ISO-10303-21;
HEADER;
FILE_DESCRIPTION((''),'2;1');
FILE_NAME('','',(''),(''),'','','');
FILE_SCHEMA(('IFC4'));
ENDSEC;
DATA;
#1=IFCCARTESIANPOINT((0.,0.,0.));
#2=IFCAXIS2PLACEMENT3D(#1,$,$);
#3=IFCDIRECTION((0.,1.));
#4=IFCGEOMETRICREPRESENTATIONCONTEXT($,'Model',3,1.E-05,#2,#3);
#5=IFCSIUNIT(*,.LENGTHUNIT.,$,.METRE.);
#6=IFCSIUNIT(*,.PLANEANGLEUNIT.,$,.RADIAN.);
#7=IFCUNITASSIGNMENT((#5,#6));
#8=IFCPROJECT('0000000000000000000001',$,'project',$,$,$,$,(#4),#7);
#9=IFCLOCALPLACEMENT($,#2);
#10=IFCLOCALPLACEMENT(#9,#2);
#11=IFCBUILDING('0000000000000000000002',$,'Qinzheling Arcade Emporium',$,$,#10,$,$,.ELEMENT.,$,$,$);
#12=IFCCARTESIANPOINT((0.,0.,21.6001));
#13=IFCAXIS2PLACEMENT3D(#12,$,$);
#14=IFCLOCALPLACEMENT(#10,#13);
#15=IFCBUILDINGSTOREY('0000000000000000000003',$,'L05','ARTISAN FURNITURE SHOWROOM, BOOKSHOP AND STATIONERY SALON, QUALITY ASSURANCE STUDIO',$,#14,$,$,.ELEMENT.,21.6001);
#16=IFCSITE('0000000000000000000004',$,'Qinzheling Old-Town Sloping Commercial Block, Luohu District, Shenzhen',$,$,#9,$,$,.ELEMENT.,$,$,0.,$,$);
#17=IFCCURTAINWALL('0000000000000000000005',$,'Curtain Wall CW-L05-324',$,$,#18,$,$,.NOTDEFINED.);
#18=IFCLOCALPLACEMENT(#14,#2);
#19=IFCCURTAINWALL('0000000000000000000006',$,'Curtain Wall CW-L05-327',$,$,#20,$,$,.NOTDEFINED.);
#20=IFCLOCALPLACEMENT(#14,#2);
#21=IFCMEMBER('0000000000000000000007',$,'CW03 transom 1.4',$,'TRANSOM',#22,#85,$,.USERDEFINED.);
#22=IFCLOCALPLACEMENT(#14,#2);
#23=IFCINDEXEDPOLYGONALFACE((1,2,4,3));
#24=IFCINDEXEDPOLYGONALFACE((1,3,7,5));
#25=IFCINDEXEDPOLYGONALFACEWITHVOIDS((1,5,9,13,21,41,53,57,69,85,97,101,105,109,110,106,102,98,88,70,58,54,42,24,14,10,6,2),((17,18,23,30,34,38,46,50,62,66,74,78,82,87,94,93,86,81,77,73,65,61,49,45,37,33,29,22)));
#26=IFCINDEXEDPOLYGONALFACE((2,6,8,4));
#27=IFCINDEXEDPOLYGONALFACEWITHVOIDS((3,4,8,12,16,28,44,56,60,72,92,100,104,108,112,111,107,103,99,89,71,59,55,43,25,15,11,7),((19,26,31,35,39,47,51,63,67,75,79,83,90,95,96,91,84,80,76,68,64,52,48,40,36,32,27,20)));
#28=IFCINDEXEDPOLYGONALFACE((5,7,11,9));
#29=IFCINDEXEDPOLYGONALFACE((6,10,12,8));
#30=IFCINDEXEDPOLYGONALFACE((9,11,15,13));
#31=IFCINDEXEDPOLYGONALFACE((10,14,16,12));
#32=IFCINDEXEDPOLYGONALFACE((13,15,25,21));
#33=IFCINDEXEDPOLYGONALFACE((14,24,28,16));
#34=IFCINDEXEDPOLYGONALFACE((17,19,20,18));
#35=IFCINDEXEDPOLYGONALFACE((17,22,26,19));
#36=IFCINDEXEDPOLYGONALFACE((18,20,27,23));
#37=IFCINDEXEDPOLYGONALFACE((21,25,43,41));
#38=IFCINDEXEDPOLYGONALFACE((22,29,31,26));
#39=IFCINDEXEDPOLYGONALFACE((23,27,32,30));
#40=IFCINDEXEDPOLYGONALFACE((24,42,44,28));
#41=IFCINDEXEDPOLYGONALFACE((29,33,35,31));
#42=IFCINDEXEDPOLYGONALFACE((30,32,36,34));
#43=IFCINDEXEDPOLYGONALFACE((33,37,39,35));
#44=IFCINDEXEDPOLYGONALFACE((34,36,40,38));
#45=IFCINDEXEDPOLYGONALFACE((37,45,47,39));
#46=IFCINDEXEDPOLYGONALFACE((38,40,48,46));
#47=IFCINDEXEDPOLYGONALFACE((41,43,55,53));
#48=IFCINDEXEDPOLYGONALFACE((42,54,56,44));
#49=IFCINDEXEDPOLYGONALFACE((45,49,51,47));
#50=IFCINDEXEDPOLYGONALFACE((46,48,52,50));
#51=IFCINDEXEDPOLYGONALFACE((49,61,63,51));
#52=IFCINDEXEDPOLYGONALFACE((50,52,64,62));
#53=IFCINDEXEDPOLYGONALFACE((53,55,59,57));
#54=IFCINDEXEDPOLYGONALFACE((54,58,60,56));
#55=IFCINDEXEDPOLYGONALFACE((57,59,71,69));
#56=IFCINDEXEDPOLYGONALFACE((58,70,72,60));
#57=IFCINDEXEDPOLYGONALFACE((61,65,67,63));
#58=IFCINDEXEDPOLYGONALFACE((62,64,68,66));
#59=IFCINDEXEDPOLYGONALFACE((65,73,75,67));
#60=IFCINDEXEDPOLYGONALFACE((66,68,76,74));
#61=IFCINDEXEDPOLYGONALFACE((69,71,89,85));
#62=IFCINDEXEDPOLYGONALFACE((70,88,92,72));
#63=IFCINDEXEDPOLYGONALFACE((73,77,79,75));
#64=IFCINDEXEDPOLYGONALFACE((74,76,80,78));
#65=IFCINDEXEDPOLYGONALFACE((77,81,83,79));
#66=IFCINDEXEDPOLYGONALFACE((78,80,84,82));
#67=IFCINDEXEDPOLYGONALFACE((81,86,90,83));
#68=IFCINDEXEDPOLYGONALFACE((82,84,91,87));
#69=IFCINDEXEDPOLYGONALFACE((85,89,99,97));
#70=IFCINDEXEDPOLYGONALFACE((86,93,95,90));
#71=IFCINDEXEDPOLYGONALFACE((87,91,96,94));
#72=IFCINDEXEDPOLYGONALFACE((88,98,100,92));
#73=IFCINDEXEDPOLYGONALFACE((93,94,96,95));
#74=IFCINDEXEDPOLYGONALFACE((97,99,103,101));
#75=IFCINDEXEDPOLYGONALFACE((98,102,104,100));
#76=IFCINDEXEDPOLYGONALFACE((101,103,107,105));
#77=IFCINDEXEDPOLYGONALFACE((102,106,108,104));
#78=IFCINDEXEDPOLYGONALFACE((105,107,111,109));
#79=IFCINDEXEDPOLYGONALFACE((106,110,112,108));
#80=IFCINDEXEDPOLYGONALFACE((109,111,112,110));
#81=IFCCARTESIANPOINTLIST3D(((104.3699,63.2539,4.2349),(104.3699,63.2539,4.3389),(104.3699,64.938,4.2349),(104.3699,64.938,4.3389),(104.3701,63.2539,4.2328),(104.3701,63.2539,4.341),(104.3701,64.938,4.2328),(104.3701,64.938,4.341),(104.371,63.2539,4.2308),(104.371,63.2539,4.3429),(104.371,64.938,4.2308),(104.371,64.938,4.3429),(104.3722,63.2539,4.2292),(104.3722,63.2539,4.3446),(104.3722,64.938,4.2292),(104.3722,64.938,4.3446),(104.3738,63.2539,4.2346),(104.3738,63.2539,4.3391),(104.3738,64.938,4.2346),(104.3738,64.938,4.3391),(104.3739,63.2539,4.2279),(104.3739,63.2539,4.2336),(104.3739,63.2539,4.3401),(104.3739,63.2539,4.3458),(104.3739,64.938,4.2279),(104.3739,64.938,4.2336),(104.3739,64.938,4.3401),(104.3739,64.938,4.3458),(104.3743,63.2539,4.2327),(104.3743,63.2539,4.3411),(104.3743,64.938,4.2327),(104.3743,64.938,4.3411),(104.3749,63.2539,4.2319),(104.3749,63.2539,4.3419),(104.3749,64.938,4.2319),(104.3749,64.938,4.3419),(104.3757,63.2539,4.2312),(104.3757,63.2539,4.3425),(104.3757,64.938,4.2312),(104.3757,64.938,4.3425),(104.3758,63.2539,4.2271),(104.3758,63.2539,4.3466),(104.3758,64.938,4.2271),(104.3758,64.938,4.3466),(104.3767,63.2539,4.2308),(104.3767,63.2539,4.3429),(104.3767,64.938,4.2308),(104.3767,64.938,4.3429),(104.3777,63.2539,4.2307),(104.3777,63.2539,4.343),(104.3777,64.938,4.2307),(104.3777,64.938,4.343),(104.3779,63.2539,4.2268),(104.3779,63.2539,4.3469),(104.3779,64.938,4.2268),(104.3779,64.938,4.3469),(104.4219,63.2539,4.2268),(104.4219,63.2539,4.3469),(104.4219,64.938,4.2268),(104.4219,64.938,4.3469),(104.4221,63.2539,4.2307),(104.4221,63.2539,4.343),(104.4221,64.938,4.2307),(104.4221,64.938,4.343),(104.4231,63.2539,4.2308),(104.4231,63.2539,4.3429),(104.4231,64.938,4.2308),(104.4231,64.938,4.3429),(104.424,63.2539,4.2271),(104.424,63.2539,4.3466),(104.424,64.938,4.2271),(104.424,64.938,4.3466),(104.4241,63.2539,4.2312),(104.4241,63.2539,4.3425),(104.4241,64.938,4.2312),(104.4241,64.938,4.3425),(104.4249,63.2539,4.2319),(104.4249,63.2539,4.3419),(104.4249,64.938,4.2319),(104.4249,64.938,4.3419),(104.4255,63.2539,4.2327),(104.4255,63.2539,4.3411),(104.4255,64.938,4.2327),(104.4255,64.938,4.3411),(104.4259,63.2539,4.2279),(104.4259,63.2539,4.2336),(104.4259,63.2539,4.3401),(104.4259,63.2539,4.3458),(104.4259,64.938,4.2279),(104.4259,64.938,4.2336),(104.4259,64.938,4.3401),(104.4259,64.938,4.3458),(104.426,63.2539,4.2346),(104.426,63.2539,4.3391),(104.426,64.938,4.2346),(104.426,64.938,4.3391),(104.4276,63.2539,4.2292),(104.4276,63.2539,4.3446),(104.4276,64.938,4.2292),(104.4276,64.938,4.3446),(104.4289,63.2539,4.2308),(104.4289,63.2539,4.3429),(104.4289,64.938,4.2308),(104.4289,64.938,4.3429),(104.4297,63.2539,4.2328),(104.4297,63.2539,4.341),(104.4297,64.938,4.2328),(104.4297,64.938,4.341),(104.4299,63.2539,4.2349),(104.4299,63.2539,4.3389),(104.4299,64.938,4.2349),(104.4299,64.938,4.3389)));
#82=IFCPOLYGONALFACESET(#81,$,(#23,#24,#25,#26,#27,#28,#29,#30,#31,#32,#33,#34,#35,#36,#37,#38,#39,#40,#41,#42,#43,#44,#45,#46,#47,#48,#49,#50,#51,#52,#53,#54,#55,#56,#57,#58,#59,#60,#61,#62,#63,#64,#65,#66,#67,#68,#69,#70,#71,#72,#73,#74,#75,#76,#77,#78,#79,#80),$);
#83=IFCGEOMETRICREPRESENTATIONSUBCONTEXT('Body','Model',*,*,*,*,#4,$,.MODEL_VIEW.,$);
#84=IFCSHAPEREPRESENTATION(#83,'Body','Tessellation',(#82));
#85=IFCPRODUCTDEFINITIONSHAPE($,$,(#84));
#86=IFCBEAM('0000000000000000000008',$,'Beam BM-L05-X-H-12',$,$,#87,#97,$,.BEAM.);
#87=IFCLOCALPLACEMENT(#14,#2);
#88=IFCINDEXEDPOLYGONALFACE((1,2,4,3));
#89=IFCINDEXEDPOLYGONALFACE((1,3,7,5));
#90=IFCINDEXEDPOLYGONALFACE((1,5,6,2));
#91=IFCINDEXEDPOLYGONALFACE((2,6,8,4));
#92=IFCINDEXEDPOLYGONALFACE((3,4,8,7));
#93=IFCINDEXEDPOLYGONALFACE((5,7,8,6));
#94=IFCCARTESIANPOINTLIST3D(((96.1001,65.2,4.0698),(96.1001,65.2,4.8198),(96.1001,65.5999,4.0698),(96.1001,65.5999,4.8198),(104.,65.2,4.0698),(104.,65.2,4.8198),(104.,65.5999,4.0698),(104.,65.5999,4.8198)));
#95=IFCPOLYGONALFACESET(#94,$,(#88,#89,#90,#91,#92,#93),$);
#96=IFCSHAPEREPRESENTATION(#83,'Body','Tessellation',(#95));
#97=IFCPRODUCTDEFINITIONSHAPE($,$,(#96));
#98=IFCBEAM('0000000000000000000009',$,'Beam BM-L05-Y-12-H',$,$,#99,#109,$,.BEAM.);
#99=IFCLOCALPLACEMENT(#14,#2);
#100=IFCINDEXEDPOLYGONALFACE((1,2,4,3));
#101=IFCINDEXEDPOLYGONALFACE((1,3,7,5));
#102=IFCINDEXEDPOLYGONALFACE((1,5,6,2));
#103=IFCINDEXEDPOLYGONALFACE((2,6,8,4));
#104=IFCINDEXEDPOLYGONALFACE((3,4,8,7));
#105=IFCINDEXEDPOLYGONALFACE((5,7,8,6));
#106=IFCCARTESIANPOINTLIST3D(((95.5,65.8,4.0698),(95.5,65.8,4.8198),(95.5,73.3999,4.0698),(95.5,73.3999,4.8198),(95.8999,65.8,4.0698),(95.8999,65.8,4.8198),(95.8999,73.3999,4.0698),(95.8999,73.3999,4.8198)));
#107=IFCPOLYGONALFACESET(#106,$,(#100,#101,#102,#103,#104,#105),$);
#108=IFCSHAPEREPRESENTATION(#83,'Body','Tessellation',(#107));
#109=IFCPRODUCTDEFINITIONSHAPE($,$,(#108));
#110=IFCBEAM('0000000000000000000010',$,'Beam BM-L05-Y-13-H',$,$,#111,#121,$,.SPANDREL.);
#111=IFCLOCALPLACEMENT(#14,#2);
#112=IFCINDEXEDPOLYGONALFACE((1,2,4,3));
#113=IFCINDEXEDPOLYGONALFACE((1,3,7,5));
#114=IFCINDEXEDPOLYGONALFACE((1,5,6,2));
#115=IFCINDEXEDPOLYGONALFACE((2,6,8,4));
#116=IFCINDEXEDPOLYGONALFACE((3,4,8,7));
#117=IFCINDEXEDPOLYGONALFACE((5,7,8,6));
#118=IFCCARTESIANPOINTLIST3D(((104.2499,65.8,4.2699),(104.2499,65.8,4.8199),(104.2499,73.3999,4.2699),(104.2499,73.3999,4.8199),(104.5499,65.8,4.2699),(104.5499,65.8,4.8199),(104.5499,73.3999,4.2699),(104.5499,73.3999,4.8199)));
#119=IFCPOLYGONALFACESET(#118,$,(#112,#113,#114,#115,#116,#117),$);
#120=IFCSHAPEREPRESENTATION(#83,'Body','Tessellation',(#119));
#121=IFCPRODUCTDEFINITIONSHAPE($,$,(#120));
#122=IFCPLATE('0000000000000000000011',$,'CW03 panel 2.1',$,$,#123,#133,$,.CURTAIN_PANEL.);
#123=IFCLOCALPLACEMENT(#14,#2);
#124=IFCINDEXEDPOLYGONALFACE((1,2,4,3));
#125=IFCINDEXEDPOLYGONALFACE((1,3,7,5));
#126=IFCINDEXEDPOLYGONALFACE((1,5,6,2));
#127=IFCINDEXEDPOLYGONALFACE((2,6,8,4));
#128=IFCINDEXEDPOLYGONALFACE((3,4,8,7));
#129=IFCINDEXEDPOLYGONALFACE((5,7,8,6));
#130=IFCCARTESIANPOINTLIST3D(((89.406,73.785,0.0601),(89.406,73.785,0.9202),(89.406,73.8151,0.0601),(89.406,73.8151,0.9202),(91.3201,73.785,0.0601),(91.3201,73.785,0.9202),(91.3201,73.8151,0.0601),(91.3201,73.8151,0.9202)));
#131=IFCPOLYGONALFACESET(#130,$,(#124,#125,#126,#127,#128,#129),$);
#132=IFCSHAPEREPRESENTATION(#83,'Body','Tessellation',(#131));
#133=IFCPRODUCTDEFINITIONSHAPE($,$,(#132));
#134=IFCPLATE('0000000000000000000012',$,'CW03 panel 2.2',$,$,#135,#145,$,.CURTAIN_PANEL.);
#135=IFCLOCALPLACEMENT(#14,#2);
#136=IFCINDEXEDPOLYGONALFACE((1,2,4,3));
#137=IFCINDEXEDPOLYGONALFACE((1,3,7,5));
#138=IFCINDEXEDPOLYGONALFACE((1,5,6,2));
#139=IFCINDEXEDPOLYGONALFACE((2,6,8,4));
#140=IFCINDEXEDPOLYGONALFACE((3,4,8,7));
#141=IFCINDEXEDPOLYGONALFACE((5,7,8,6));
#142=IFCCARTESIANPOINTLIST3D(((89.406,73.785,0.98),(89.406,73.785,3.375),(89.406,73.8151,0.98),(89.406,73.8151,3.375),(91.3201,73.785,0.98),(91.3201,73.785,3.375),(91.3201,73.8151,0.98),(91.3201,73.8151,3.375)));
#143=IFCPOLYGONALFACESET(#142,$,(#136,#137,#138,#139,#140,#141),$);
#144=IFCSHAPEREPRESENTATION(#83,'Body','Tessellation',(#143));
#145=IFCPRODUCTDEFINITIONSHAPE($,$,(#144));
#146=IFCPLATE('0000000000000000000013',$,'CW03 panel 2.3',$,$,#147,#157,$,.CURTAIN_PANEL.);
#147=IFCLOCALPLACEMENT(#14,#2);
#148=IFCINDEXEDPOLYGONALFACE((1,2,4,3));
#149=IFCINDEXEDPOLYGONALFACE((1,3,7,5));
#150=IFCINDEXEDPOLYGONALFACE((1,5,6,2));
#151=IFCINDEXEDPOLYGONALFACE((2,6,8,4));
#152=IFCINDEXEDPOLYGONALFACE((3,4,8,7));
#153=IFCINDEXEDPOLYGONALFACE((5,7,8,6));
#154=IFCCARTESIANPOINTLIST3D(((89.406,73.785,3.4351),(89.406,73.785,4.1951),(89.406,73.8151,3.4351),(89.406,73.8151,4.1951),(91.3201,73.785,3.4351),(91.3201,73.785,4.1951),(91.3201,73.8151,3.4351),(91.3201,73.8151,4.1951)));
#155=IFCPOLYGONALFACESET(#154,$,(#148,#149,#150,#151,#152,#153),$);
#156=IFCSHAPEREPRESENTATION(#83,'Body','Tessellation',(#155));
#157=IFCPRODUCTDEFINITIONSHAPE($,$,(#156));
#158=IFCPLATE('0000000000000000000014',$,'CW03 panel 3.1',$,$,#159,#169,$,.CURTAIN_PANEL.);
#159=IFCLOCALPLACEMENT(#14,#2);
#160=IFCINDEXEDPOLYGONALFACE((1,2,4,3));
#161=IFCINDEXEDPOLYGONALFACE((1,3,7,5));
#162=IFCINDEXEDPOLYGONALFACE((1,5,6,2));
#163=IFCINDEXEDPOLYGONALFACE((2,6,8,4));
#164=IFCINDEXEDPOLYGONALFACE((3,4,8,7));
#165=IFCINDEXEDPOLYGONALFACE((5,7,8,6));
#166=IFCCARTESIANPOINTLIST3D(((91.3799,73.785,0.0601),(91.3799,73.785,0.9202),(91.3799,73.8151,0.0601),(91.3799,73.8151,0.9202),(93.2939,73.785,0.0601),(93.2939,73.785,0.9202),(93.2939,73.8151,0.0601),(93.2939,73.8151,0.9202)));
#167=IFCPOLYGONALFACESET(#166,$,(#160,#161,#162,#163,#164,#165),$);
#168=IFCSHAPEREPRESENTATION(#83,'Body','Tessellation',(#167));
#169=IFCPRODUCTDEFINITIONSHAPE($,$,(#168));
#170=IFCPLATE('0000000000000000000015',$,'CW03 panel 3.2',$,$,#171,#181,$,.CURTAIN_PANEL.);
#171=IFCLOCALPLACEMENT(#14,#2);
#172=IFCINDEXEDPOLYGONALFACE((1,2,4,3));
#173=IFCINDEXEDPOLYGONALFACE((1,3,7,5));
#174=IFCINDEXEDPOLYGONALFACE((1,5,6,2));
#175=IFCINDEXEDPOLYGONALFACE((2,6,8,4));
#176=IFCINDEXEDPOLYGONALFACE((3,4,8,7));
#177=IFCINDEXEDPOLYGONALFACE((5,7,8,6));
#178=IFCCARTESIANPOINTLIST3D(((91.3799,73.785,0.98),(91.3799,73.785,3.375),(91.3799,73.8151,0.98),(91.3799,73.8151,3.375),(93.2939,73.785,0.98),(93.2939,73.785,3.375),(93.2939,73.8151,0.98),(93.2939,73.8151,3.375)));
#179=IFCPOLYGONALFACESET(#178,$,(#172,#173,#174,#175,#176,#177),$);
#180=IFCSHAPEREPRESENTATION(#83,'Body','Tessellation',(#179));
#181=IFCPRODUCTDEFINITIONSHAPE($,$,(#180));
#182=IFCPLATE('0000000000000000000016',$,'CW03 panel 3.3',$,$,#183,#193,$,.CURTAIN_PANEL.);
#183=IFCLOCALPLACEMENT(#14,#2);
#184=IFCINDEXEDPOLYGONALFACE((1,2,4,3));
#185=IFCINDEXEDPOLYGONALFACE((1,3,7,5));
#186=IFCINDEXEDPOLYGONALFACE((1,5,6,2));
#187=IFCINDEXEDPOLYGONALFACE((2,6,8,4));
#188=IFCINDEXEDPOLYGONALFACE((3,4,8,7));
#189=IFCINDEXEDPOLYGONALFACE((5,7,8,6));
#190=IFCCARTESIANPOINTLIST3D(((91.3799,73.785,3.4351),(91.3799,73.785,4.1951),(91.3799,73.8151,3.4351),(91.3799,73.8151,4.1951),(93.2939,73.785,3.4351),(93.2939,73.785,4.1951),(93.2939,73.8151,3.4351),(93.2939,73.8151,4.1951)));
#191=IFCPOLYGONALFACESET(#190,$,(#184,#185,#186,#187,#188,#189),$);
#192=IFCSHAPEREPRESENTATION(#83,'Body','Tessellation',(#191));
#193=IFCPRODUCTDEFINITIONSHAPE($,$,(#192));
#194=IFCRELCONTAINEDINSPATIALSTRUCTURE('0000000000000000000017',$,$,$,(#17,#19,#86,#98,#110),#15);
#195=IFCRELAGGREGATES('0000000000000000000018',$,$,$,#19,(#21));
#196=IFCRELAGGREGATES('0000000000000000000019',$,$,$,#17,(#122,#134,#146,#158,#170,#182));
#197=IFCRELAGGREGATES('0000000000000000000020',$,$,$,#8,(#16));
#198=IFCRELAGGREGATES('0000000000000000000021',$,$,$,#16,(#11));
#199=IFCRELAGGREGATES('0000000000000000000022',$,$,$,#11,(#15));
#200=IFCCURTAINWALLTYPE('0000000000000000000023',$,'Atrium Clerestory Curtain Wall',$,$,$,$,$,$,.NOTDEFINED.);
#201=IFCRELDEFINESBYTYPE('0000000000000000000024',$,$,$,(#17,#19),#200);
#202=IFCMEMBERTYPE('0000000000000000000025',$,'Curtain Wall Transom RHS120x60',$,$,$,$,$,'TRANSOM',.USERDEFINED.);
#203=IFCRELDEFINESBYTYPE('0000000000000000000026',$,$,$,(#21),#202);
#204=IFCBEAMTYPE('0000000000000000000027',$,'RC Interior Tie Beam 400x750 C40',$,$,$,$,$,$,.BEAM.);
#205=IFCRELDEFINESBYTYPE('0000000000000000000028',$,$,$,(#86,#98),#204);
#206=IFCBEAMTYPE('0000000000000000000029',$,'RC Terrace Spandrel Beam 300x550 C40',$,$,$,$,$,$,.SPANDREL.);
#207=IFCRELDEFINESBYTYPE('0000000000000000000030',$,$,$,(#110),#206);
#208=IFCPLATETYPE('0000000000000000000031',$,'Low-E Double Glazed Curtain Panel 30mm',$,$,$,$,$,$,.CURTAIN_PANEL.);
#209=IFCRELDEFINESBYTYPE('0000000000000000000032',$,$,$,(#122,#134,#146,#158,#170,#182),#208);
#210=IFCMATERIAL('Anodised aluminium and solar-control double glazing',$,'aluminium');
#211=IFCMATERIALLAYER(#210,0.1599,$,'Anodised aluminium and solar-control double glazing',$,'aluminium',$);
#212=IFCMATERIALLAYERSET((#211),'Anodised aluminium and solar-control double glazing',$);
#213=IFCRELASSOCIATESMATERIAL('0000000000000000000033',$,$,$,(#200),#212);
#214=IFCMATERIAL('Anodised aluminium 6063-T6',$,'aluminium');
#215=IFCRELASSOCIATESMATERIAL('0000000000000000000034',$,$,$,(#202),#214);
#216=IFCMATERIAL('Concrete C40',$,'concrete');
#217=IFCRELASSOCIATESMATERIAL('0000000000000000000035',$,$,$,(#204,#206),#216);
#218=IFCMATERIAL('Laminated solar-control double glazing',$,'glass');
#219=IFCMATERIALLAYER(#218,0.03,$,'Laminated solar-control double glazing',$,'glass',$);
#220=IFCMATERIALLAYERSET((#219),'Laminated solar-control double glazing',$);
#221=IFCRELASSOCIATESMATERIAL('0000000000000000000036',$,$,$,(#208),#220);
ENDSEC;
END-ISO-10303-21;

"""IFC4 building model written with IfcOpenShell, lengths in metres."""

from ifc_helpers import new_model, si_unit, direction, frame, origin, origin_2d, place, context, subcontext, project, spatial, rectangle, hollow_rectangle, extrude, material, layer, layer_set, material_profile, profile_set, type_object, element, aggregate, save


model = new_model("IFC4")

# Units and contexts
model_context = context("Model", 3, precision=1e-05, world=origin(), true_north=direction((0.0, 1.0)))
body_context = subcontext(model_context, "Body", "Model", "MODEL_VIEW")
ifc_project = project(units=[si_unit("LENGTHUNIT", "METRE"), si_unit("PLANEANGLEUNIT", "RADIAN")], contexts=[model_context])

# Site, building, storey
site_placement = place(None, origin())
site = spatial("IfcSite", under=ifc_project, at=site_placement, Name="Qinzheling Old-Town Sloping Commercial Block, Luohu District, Shenzhen", CompositionType="ELEMENT", RefElevation=0.0)
building_placement = place(site_placement, origin())
building = spatial("IfcBuilding", under=site, at=building_placement, Name="Qinzheling Arcade Emporium", CompositionType="ELEMENT")
storey_placement = place(building_placement, frame((0.0, 0.0, 21.6001)))
storey = spatial("IfcBuildingStorey", under=building, at=storey_placement, Name="L05", Description="ARTISAN FURNITURE SHOWROOM, BOOKSHOP AND STATIONERY SALON, QUALITY ASSURANCE STUDIO", CompositionType="ELEMENT", Elevation=21.6001)

# Shared definitions
ifc_material_1 = material(Name="Concrete C40", Category="concrete")

# Curtain wall
ifc_material_2 = material(Name="Anodised aluminium and solar-control double glazing", Category="aluminium")
ifc_layer_1 = layer(ifc_material_2, 0.1599, Name="Anodised aluminium and solar-control double glazing", Category="aluminium")
ifc_layer_set_1 = layer_set([ifc_layer_1], Name="Anodised aluminium and solar-control double glazing")
curtain_wall_type = type_object("IfcCurtainWallType", Name="Atrium Clerestory Curtain Wall", PredefinedType="NOTDEFINED", material=ifc_layer_set_1)
curtain_wall_1_placement = place(storey_placement, origin())
curtain_wall_1 = element("IfcCurtainWall", 1, at=curtain_wall_1_placement, inside=storey, type_object=curtain_wall_type, Name="Curtain Wall CW-L05-324", PredefinedType="NOTDEFINED")
ifc_material_3 = material(Name="Anodised aluminium 6063-T6", Category="aluminium")

# Curtain wall
curtain_wall_2_placement = place(storey_placement, origin())
curtain_wall_2 = element("IfcCurtainWall", 2, at=curtain_wall_2_placement, inside=storey, type_object=curtain_wall_type, Name="Curtain Wall CW-L05-327", PredefinedType="NOTDEFINED")

# Member
ifc_material_profile_1 = material_profile(ifc_material_3, hollow_rectangle(XDim=0.0601, YDim=0.1201, WallThickness=0.0039, InnerFilletRadius=0.0039, OuterFilletRadius=0.0081, at=origin_2d()), Name="RHS 120x60x4", Category="aluminium")
ifc_profile_set_1 = profile_set([ifc_material_profile_1], Name="Anodised aluminium 6063-T6")
member_type_1 = type_object("IfcMemberType", Name="Curtain Wall Transom RHS120x60", ElementType="TRANSOM", PredefinedType="USERDEFINED", material=ifc_profile_set_1)
member_1_placement = place(storey_placement, frame((104.3999, 64.938, 4.2869), z_axis=(0.0, -1.0, 0.0), x_axis=(1.0, 0.0, 0.0)))
member_1 = element("IfcMember", 3, at=member_1_placement, type_object=member_type_1, Name="CW03 transom 1.4", ObjectType="TRANSOM", PredefinedType="USERDEFINED", context=body_context, shape_type="SweptSolid", body=[
    extrude(hollow_rectangle(XDim=0.0601, YDim=0.1201, WallThickness=0.0039, InnerFilletRadius=0.0039, OuterFilletRadius=0.0081, at=origin_2d()), origin(), (0.0, 0.0, 1.0), 1.6841),
])
aggregate(curtain_wall_2, [member_1])

# Beams
ifc_material_profile_2 = material_profile(ifc_material_1, rectangle(XDim=0.3999, YDim=0.75, at=origin_2d()), Name="RC 400x750", Category="concrete")
ifc_profile_set_2 = profile_set([ifc_material_profile_2], Name="Concrete C40")
beam_type_1 = type_object("IfcBeamType", Name="RC Interior Tie Beam 400x750 C40", PredefinedType="BEAM", material=ifc_profile_set_2)
beam_1_placement = place(storey_placement, frame((96.1001, 65.3999, 4.4448), z_axis=(1.0, 0.0, 0.0), x_axis=(0.0, 1.0, 0.0)))
element("IfcBeam", 4, at=beam_1_placement, inside=storey, type_object=beam_type_1, Name="Beam BM-L05-X-H-12", PredefinedType="BEAM", context=body_context, shape_type="SweptSolid", body=[
    extrude(rectangle(XDim=0.3999, YDim=0.75, at=origin_2d()), origin(), (0.0, 0.0, 1.0), 7.8999),
])
beam_2_placement = place(storey_placement, frame((95.7, 65.8, 4.4448), z_axis=(0.0, 1.0, 0.0), x_axis=(-1.0, 0.0, 0.0)))
element("IfcBeam", 5, at=beam_2_placement, inside=storey, type_object=beam_type_1, Name="Beam BM-L05-Y-12-H", PredefinedType="BEAM", context=body_context, shape_type="SweptSolid", body=[
    extrude(rectangle(XDim=0.3999, YDim=0.75, at=origin_2d()), origin(), (0.0, 0.0, 1.0), 7.5999),
])
ifc_material_profile_3 = material_profile(ifc_material_1, rectangle(XDim=0.3, YDim=0.55, at=origin_2d()), Name="RC 300x550", Category="concrete")
ifc_profile_set_3 = profile_set([ifc_material_profile_3], Name="Concrete C40")
beam_type_2 = type_object("IfcBeamType", Name="RC Terrace Spandrel Beam 300x550 C40", PredefinedType="SPANDREL", material=ifc_profile_set_3)
beam_3_placement = place(storey_placement, frame((104.3999, 65.8, 4.5449), z_axis=(0.0, 1.0, 0.0), x_axis=(-1.0, 0.0, 0.0)))
element("IfcBeam", 6, at=beam_3_placement, inside=storey, type_object=beam_type_2, Name="Beam BM-L05-Y-13-H", PredefinedType="SPANDREL", context=body_context, shape_type="SweptSolid", body=[
    extrude(rectangle(XDim=0.3, YDim=0.55, at=origin_2d()), origin(), (0.0, 0.0, 1.0), 7.5999),
])

# Plates
ifc_material_4 = material(Name="Laminated solar-control double glazing", Category="glass")
ifc_layer_2 = layer(ifc_material_4, 0.03, Name="Laminated solar-control double glazing", Category="glass")
ifc_layer_set_2 = layer_set([ifc_layer_2], Name="Laminated solar-control double glazing")
plate_type = type_object("IfcPlateType", Name="Low-E Double Glazed Curtain Panel 30mm", PredefinedType="CURTAIN_PANEL", material=ifc_layer_set_2)
plate_1_placement = place(storey_placement, frame((90.363, 73.8, 0.0601), z_axis=(0.0, 0.0, 1.0), x_axis=(1.0, 0.0, 0.0)))
plate_1 = element("IfcPlate", 7, at=plate_1_placement, type_object=plate_type, Name="CW03 panel 2.1", PredefinedType="CURTAIN_PANEL", context=body_context, shape_type="SweptSolid", body=[
    extrude(rectangle(XDim=1.9141, YDim=0.03, at=origin_2d()), origin(), (0.0, 0.0, 1.0), 0.8601),
])
plate_2_placement = place(storey_placement, frame((90.363, 73.8, 0.98), z_axis=(0.0, 0.0, 1.0), x_axis=(1.0, 0.0, 0.0)))
plate_2 = element("IfcPlate", 8, at=plate_2_placement, type_object=plate_type, Name="CW03 panel 2.2", PredefinedType="CURTAIN_PANEL", context=body_context, shape_type="SweptSolid", body=[
    extrude(rectangle(XDim=1.9141, YDim=0.03, at=origin_2d()), origin(), (0.0, 0.0, 1.0), 2.395),
])
plate_3_placement = place(storey_placement, frame((90.363, 73.8, 3.4351), z_axis=(0.0, 0.0, 1.0), x_axis=(1.0, 0.0, 0.0)))
plate_3 = element("IfcPlate", 9, at=plate_3_placement, type_object=plate_type, Name="CW03 panel 2.3", PredefinedType="CURTAIN_PANEL", context=body_context, shape_type="SweptSolid", body=[
    extrude(rectangle(XDim=1.9141, YDim=0.03, at=origin_2d()), origin(), (0.0, 0.0, 1.0), 0.76),
])
plate_4_placement = place(storey_placement, frame((92.3369, 73.8, 0.0601), z_axis=(0.0, 0.0, 1.0), x_axis=(1.0, 0.0, 0.0)))
plate_4 = element("IfcPlate", 10, at=plate_4_placement, type_object=plate_type, Name="CW03 panel 3.1", PredefinedType="CURTAIN_PANEL", context=body_context, shape_type="SweptSolid", body=[
    extrude(rectangle(XDim=1.9141, YDim=0.03, at=origin_2d()), origin(), (0.0, 0.0, 1.0), 0.8601),
])
plate_5_placement = place(storey_placement, frame((92.3369, 73.8, 0.98), z_axis=(0.0, 0.0, 1.0), x_axis=(1.0, 0.0, 0.0)))
plate_5 = element("IfcPlate", 11, at=plate_5_placement, type_object=plate_type, Name="CW03 panel 3.2", PredefinedType="CURTAIN_PANEL", context=body_context, shape_type="SweptSolid", body=[
    extrude(rectangle(XDim=1.9141, YDim=0.03, at=origin_2d()), origin(), (0.0, 0.0, 1.0), 2.395),
])
plate_6_placement = place(storey_placement, frame((92.3369, 73.8, 3.4351), z_axis=(0.0, 0.0, 1.0), x_axis=(1.0, 0.0, 0.0)))
plate_6 = element("IfcPlate", 12, at=plate_6_placement, type_object=plate_type, Name="CW03 panel 3.3", PredefinedType="CURTAIN_PANEL", context=body_context, shape_type="SweptSolid", body=[
    extrude(rectangle(XDim=1.9141, YDim=0.03, at=origin_2d()), origin(), (0.0, 0.0, 1.0), 0.76),
])
aggregate(curtain_wall_1, [plate_1, plate_2, plate_3, plate_4, plate_5, plate_6])

save(model, "model.ifc")
